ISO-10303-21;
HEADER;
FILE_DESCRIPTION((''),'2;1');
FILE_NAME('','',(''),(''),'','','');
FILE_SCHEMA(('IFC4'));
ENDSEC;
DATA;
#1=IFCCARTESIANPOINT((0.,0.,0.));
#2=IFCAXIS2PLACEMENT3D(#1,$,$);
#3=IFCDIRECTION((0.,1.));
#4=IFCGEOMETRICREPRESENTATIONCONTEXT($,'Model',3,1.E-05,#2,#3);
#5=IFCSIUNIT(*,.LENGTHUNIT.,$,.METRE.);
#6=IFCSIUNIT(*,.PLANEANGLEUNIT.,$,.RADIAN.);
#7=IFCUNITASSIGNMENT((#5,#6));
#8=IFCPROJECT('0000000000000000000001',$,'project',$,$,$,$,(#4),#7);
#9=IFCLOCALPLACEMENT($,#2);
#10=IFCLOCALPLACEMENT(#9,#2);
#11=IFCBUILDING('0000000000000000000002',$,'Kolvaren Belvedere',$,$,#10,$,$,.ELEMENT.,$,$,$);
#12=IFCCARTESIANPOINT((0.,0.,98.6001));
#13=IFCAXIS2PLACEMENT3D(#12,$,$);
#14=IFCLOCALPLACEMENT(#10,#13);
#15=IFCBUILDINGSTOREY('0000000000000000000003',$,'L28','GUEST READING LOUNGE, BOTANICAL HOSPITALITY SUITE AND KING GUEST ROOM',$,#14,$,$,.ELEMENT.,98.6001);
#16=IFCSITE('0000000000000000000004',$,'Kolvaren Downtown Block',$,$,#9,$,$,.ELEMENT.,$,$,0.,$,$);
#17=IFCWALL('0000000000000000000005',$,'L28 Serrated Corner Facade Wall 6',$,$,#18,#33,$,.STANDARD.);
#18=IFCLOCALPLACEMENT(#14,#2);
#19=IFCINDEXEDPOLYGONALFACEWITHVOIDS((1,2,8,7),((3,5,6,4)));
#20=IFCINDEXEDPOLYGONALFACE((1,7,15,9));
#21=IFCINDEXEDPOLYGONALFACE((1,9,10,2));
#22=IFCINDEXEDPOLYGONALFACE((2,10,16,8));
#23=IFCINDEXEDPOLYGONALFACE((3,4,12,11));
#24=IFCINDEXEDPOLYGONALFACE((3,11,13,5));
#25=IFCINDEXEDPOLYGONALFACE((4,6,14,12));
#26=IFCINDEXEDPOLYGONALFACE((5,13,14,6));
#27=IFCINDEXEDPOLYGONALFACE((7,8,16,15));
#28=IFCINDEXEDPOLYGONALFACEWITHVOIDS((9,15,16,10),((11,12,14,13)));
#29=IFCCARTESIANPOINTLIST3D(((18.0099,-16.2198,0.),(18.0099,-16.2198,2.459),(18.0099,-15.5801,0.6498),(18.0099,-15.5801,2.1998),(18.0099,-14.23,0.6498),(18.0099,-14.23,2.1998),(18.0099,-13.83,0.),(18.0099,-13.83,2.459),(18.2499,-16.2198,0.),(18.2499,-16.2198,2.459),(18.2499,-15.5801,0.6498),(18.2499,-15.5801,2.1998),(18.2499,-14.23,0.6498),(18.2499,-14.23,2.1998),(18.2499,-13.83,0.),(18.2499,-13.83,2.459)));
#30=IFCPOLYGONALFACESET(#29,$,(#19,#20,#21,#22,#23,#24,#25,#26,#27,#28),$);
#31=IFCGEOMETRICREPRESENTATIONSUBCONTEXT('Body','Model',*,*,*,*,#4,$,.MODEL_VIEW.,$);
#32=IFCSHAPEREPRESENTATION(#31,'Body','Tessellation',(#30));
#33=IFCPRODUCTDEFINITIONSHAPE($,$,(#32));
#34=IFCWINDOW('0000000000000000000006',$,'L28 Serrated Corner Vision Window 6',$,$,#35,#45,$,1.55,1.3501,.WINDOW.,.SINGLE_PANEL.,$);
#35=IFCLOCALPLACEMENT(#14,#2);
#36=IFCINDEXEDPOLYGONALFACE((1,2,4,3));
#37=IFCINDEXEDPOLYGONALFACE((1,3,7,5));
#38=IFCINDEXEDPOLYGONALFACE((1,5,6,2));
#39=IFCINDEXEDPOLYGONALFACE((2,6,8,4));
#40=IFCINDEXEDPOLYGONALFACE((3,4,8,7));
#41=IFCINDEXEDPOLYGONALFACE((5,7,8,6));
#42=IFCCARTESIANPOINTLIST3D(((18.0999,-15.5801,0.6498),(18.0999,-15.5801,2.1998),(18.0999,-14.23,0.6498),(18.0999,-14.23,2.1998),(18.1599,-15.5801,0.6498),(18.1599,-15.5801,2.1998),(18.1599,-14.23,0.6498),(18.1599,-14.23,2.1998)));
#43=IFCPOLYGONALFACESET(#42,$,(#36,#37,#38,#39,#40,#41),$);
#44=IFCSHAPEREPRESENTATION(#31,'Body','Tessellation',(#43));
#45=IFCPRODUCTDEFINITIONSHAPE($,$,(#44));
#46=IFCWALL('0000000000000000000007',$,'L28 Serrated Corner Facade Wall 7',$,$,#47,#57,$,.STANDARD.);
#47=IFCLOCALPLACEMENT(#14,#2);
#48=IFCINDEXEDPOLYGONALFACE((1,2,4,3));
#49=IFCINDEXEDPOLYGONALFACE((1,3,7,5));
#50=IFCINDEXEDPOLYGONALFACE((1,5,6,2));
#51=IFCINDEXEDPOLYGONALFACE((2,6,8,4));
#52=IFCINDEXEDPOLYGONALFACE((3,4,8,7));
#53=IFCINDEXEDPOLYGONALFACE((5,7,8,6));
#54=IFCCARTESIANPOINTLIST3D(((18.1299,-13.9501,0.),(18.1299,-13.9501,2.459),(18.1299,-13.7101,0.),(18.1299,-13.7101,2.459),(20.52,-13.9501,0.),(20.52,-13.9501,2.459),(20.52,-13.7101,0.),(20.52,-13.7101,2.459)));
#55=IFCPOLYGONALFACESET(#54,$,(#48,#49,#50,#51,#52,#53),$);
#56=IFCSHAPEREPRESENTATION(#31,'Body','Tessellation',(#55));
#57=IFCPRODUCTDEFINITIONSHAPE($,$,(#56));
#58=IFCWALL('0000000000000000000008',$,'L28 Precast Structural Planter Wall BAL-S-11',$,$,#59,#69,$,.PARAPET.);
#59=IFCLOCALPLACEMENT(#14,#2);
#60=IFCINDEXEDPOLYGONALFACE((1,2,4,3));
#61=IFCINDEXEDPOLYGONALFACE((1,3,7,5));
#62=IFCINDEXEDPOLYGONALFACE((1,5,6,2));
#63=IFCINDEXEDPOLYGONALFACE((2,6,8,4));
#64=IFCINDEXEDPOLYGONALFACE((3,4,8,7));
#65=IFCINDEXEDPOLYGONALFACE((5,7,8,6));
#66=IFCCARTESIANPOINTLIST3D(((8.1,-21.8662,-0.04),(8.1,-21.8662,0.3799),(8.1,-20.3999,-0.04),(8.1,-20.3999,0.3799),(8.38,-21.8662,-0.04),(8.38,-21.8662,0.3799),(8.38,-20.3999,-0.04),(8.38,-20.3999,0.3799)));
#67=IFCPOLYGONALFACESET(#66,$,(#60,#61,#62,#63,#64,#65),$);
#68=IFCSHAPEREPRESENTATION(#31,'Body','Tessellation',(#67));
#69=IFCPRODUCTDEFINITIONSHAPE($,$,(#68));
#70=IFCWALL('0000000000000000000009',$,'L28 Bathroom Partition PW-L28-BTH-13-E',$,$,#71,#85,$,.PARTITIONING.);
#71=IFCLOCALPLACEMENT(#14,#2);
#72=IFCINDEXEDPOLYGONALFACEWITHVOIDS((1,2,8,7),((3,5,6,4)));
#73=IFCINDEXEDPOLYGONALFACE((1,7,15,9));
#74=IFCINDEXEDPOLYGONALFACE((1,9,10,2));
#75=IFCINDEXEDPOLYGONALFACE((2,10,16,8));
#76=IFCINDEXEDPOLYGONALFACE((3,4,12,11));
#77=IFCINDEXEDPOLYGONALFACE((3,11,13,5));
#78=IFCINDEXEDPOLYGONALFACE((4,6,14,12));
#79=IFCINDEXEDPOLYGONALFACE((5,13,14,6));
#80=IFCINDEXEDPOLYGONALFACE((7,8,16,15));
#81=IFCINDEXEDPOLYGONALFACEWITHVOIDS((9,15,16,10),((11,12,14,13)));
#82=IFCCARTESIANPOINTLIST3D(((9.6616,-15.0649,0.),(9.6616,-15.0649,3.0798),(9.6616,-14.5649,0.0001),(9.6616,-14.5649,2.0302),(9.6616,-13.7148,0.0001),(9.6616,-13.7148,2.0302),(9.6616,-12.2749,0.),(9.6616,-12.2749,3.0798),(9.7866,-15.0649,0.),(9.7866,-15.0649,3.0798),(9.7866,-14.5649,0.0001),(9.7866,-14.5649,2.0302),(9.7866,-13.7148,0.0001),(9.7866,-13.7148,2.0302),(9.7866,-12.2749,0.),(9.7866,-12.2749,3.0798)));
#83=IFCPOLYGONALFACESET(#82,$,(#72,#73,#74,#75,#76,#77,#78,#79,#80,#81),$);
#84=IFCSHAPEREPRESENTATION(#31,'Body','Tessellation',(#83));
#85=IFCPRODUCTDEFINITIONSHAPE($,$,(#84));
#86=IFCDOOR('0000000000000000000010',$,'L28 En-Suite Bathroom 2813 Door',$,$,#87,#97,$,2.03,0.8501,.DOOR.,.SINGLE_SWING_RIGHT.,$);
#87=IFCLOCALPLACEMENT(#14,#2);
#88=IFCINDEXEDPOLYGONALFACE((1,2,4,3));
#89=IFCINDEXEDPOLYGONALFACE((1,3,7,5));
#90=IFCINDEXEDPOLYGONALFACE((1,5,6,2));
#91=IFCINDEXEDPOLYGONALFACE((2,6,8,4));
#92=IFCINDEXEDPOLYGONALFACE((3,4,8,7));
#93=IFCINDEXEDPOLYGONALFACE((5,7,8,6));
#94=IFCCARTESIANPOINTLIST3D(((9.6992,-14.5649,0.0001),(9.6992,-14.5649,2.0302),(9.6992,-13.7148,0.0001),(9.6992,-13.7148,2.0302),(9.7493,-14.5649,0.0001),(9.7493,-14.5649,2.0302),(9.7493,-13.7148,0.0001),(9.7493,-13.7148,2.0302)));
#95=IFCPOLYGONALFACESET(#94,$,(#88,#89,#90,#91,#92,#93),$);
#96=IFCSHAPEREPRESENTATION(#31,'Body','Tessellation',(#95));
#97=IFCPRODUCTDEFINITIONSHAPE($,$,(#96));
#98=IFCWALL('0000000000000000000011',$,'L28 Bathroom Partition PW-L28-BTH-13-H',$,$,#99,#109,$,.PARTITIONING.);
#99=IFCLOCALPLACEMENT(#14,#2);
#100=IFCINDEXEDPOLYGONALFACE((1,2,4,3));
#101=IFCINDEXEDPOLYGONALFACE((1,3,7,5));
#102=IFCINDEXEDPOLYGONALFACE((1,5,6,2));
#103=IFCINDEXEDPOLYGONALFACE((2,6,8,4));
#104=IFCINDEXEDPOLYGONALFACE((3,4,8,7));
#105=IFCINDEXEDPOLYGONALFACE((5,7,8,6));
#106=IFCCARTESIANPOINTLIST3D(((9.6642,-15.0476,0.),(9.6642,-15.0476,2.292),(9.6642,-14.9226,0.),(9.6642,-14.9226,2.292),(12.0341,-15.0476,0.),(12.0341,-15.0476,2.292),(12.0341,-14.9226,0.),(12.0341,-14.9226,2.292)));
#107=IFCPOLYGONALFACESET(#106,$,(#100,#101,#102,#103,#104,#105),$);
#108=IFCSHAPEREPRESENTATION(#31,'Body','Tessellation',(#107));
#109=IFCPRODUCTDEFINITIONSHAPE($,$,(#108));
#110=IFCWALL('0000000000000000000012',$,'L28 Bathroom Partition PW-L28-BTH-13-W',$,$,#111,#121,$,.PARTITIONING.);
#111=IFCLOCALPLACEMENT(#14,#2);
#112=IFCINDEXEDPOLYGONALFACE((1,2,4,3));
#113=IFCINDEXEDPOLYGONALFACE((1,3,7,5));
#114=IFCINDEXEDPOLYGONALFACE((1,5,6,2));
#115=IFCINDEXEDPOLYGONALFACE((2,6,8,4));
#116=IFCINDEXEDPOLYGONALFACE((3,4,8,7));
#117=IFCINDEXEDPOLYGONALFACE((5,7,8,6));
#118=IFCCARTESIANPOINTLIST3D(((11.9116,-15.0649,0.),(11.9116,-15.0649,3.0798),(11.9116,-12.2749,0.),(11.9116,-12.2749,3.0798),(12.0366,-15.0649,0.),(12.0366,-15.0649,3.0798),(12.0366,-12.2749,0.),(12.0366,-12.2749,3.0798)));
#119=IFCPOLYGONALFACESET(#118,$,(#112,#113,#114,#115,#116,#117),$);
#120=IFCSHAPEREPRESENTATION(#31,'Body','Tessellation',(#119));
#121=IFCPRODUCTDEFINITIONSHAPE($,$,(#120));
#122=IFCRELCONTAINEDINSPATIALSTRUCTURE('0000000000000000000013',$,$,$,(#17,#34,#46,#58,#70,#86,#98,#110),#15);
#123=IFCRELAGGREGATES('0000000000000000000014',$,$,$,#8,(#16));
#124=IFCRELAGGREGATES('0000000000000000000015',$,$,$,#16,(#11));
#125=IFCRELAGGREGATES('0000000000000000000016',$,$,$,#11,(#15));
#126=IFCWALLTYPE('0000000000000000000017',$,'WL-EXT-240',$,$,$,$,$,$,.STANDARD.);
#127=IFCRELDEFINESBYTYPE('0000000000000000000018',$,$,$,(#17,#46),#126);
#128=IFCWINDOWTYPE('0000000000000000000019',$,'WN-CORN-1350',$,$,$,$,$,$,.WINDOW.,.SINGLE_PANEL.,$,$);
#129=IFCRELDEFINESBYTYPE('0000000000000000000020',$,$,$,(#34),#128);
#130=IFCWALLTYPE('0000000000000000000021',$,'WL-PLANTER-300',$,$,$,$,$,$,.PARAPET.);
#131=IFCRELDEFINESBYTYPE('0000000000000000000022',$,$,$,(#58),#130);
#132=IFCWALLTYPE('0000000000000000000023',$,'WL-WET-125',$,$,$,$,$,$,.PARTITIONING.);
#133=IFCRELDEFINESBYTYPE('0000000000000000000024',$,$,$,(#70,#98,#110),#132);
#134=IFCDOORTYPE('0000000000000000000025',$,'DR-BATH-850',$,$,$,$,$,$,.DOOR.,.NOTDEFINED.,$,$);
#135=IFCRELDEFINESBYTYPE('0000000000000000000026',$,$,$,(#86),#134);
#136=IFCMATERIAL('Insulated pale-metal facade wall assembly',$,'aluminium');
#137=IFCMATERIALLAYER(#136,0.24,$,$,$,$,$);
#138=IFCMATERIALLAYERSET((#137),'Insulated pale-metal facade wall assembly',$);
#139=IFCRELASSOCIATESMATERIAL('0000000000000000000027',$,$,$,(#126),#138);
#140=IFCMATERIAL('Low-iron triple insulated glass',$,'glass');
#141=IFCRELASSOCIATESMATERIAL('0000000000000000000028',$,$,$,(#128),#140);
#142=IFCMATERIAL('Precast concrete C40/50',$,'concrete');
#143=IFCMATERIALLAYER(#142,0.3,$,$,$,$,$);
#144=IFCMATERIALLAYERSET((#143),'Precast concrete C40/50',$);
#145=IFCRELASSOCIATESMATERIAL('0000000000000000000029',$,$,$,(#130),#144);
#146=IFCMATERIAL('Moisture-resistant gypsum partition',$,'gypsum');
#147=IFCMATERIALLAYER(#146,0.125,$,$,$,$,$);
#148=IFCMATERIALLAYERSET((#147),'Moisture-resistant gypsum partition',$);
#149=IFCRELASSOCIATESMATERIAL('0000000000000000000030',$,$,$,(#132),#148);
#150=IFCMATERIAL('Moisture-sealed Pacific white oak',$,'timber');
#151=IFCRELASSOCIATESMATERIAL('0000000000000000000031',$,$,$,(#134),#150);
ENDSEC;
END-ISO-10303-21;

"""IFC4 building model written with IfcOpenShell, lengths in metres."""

from ifc_helpers import new_model, si_unit, direction, frame, frame_2d, origin, place, context, subcontext, project, spatial, rectangle, extrude, material, layer, layer_set, type_object, element, fill, save


model = new_model("IFC4")

# Units and contexts
model_context = context("Model", 3, precision=1e-05, world=origin(), true_north=direction((0.0, 1.0)))
body_context = subcontext(model_context, "Body", "Model", "MODEL_VIEW")
ifc_project = project(units=[si_unit("LENGTHUNIT", "METRE"), si_unit("PLANEANGLEUNIT", "RADIAN")], contexts=[model_context])

# Site, building, storey
site_placement = place(None, origin())
site = spatial("IfcSite", under=ifc_project, at=site_placement, Name="Kolvaren Downtown Block", CompositionType="ELEMENT", RefElevation=0.0)
building_placement = place(site_placement, origin())
building = spatial("IfcBuilding", under=site, at=building_placement, Name="Kolvaren Belvedere", CompositionType="ELEMENT")
storey_placement = place(building_placement, frame((0.0, 0.0, 98.6001)))
storey = spatial("IfcBuildingStorey", under=building, at=storey_placement, Name="L28", Description="GUEST READING LOUNGE, BOTANICAL HOSPITALITY SUITE AND KING GUEST ROOM", CompositionType="ELEMENT", Elevation=98.6001)

# Shared definitions
ifc_material_1 = material(Name="Insulated pale-metal facade wall assembly", Category="aluminium")
ifc_layer_1 = layer(ifc_material_1, 0.24)
ifc_layer_set_1 = layer_set([ifc_layer_1], Name="Insulated pale-metal facade wall assembly")
wall_type_1 = type_object("IfcWallType", Name="WL-EXT-240", PredefinedType="STANDARD", material=ifc_layer_set_1)

# Wall, opening, window
ifc_material_2 = material(Name="Low-iron triple insulated glass", Category="glass")
window_type_1 = type_object("IfcWindowType", Name="WN-CORN-1350", PartitioningType="SINGLE_PANEL", PredefinedType="WINDOW", material=ifc_material_2)
wall_1_placement = place(storey_placement, frame((18.1299, -13.8301, 0.0), z_axis=(0.0, 0.0, 1.0), x_axis=(0.0, -1.0, 0.0)))
wall_1 = element("IfcWall", 1, at=wall_1_placement, inside=storey, type_object=wall_type_1, Name="L28 Serrated Corner Facade Wall 6", PredefinedType="STANDARD", context=body_context, shape_type="SweptSolid", body=[
    extrude(rectangle(XDim=2.3899, YDim=0.24, at=frame_2d((1.1948, 0.0))), origin(), (0.0, 0.0, 1.0), 2.459),
])
opening_1_placement = place(wall_1_placement, frame((0.3999, 0.0, 0.6499)))
opening_1 = element("IfcOpeningElement", 2, at=opening_1_placement, cuts=wall_1, PredefinedType="OPENING", context=body_context, shape_type="SweptSolid", body=[
    extrude(rectangle(XDim=1.3501, YDim=1.55, at=frame_2d((0.675, 0.7749))), frame((0.0, 0.1299, 0.0), z_axis=(0.0, -1.0, 0.0), x_axis=(1.0, 0.0, 0.0)), (0.0, 0.0, 1.0), 0.26),
])
window_1_placement = place(opening_1_placement, origin())
window_1 = element("IfcWindow", 3, at=window_1_placement, inside=storey, type_object=window_type_1, Name="L28 Serrated Corner Vision Window 6", OverallHeight=1.55, OverallWidth=1.3501, PartitioningType="SINGLE_PANEL", PredefinedType="WINDOW", context=body_context, shape_type="SweptSolid", body=[
    extrude(rectangle(XDim=1.3501, YDim=1.55, at=frame_2d((0.675, 0.7749))), frame((0.0, 0.03, 0.0), z_axis=(0.0, -1.0, 0.0), x_axis=(1.0, 0.0, 0.0)), (0.0, 0.0, 1.0), 0.0601),
])
fill(opening_1, window_1)

# Walls
wall_2_placement = place(storey_placement, frame((20.52, -13.8301, 0.0), z_axis=(0.0, 0.0, 1.0), x_axis=(-1.0, 0.0, 0.0)))
element("IfcWall", 4, at=wall_2_placement, inside=storey, type_object=wall_type_1, Name="L28 Serrated Corner Facade Wall 7", PredefinedType="STANDARD", context=body_context, shape_type="SweptSolid", body=[
    extrude(rectangle(XDim=2.3901, YDim=0.24, at=frame_2d((1.1951, 0.0))), origin(), (0.0, 0.0, 1.0), 2.459),
])
ifc_material_3 = material(Name="Precast concrete C40/50", Category="concrete")
ifc_layer_2 = layer(ifc_material_3, 0.3)
ifc_layer_set_2 = layer_set([ifc_layer_2], Name="Precast concrete C40/50")
wall_type_2 = type_object("IfcWallType", Name="WL-PLANTER-300", PredefinedType="PARAPET", material=ifc_layer_set_2)
wall_3_placement = place(storey_placement, frame((8.24, -21.8662, -0.04), z_axis=(0.0, 0.0, 1.0), x_axis=(0.0, 1.0, 0.0)))
element("IfcWall", 5, at=wall_3_placement, inside=storey, type_object=wall_type_2, Name="L28 Precast Structural Planter Wall BAL-S-11", PredefinedType="PARAPET", context=body_context, shape_type="SweptSolid", body=[
    extrude(rectangle(XDim=1.4663, YDim=0.28, at=frame_2d((0.7332, 0.0))), origin(), (0.0, 0.0, 1.0), 0.4199),
])

# Wall, opening, door
ifc_material_4 = material(Name="Moisture-resistant gypsum partition", Category="gypsum")
ifc_layer_3 = layer(ifc_material_4, 0.125)
ifc_layer_set_3 = layer_set([ifc_layer_3], Name="Moisture-resistant gypsum partition")
wall_type_3 = type_object("IfcWallType", Name="WL-WET-125", PredefinedType="PARTITIONING", material=ifc_layer_set_3)
wall_4_placement = place(storey_placement, frame((9.7241, -15.0649, 0.0), z_axis=(0.0, 0.0, 1.0), x_axis=(0.0, 1.0, 0.0)))
wall_4 = element("IfcWall", 6, at=wall_4_placement, inside=storey, type_object=wall_type_3, Name="L28 Bathroom Partition PW-L28-BTH-13-E", PredefinedType="PARTITIONING", context=body_context, shape_type="SweptSolid", body=[
    extrude(rectangle(XDim=2.79, YDim=0.125, at=frame_2d((1.395, 0.0))), origin(), (0.0, 0.0, 1.0), 3.0798),
])
opening_2_placement = place(wall_4_placement, frame((0.5, 0.0, 0.0)))
opening_2 = element("IfcOpeningElement", 7, at=opening_2_placement, cuts=wall_4, PredefinedType="OPENING", context=body_context, shape_type="SweptSolid", body=[
    extrude(rectangle(XDim=0.8501, YDim=2.03, at=frame_2d((0.425, 1.0151))), frame((0.0, 0.0725, 0.0), z_axis=(0.0, -1.0, 0.0), x_axis=(1.0, 0.0, 0.0)), (0.0, 0.0, 1.0), 0.145),
])
ifc_material_5 = material(Name="Moisture-sealed Pacific white oak", Category="timber")
door_type = type_object("IfcDoorType", Name="DR-BATH-850", OperationType="NOTDEFINED", PredefinedType="DOOR", material=ifc_material_5)
door_placement = place(opening_2_placement, origin())
door = element("IfcDoor", 8, at=door_placement, inside=storey, type_object=door_type, Name="L28 En-Suite Bathroom 2813 Door", OperationType="SINGLE_SWING_RIGHT", OverallHeight=2.03, OverallWidth=0.8501, PredefinedType="DOOR", context=body_context, shape_type="SweptSolid", body=[
    extrude(rectangle(XDim=0.8501, YDim=2.03, at=frame_2d((0.425, 1.0151))), frame((0.0, 0.0249, 0.0), z_axis=(0.0, -1.0, 0.0), x_axis=(1.0, 0.0, 0.0)), (0.0, 0.0, 1.0), 0.05),
])
fill(opening_2, door)

# Walls
wall_5_placement = place(storey_placement, frame((9.6641, -14.9851, 0.0), z_axis=(0.0, 0.0, 1.0), x_axis=(1.0, 0.0, 0.0)))
element("IfcWall", 9, at=wall_5_placement, inside=storey, type_object=wall_type_3, Name="L28 Bathroom Partition PW-L28-BTH-13-H", PredefinedType="PARTITIONING", context=body_context, shape_type="SweptSolid", body=[
    extrude(rectangle(XDim=2.3699, YDim=0.125, at=frame_2d((1.1851, 0.0))), origin(), (0.0, 0.0, 1.0), 2.292),
])
wall_6_placement = place(storey_placement, frame((11.9741, -15.0649, 0.0), z_axis=(0.0, 0.0, 1.0), x_axis=(0.0, 1.0, 0.0)))
element("IfcWall", 10, at=wall_6_placement, inside=storey, type_object=wall_type_3, Name="L28 Bathroom Partition PW-L28-BTH-13-W", PredefinedType="PARTITIONING", context=body_context, shape_type="SweptSolid", body=[
    extrude(rectangle(XDim=2.79, YDim=0.125, at=frame_2d((1.395, 0.0))), origin(), (0.0, 0.0, 1.0), 3.0798),
])

save(model, "model.ifc")
